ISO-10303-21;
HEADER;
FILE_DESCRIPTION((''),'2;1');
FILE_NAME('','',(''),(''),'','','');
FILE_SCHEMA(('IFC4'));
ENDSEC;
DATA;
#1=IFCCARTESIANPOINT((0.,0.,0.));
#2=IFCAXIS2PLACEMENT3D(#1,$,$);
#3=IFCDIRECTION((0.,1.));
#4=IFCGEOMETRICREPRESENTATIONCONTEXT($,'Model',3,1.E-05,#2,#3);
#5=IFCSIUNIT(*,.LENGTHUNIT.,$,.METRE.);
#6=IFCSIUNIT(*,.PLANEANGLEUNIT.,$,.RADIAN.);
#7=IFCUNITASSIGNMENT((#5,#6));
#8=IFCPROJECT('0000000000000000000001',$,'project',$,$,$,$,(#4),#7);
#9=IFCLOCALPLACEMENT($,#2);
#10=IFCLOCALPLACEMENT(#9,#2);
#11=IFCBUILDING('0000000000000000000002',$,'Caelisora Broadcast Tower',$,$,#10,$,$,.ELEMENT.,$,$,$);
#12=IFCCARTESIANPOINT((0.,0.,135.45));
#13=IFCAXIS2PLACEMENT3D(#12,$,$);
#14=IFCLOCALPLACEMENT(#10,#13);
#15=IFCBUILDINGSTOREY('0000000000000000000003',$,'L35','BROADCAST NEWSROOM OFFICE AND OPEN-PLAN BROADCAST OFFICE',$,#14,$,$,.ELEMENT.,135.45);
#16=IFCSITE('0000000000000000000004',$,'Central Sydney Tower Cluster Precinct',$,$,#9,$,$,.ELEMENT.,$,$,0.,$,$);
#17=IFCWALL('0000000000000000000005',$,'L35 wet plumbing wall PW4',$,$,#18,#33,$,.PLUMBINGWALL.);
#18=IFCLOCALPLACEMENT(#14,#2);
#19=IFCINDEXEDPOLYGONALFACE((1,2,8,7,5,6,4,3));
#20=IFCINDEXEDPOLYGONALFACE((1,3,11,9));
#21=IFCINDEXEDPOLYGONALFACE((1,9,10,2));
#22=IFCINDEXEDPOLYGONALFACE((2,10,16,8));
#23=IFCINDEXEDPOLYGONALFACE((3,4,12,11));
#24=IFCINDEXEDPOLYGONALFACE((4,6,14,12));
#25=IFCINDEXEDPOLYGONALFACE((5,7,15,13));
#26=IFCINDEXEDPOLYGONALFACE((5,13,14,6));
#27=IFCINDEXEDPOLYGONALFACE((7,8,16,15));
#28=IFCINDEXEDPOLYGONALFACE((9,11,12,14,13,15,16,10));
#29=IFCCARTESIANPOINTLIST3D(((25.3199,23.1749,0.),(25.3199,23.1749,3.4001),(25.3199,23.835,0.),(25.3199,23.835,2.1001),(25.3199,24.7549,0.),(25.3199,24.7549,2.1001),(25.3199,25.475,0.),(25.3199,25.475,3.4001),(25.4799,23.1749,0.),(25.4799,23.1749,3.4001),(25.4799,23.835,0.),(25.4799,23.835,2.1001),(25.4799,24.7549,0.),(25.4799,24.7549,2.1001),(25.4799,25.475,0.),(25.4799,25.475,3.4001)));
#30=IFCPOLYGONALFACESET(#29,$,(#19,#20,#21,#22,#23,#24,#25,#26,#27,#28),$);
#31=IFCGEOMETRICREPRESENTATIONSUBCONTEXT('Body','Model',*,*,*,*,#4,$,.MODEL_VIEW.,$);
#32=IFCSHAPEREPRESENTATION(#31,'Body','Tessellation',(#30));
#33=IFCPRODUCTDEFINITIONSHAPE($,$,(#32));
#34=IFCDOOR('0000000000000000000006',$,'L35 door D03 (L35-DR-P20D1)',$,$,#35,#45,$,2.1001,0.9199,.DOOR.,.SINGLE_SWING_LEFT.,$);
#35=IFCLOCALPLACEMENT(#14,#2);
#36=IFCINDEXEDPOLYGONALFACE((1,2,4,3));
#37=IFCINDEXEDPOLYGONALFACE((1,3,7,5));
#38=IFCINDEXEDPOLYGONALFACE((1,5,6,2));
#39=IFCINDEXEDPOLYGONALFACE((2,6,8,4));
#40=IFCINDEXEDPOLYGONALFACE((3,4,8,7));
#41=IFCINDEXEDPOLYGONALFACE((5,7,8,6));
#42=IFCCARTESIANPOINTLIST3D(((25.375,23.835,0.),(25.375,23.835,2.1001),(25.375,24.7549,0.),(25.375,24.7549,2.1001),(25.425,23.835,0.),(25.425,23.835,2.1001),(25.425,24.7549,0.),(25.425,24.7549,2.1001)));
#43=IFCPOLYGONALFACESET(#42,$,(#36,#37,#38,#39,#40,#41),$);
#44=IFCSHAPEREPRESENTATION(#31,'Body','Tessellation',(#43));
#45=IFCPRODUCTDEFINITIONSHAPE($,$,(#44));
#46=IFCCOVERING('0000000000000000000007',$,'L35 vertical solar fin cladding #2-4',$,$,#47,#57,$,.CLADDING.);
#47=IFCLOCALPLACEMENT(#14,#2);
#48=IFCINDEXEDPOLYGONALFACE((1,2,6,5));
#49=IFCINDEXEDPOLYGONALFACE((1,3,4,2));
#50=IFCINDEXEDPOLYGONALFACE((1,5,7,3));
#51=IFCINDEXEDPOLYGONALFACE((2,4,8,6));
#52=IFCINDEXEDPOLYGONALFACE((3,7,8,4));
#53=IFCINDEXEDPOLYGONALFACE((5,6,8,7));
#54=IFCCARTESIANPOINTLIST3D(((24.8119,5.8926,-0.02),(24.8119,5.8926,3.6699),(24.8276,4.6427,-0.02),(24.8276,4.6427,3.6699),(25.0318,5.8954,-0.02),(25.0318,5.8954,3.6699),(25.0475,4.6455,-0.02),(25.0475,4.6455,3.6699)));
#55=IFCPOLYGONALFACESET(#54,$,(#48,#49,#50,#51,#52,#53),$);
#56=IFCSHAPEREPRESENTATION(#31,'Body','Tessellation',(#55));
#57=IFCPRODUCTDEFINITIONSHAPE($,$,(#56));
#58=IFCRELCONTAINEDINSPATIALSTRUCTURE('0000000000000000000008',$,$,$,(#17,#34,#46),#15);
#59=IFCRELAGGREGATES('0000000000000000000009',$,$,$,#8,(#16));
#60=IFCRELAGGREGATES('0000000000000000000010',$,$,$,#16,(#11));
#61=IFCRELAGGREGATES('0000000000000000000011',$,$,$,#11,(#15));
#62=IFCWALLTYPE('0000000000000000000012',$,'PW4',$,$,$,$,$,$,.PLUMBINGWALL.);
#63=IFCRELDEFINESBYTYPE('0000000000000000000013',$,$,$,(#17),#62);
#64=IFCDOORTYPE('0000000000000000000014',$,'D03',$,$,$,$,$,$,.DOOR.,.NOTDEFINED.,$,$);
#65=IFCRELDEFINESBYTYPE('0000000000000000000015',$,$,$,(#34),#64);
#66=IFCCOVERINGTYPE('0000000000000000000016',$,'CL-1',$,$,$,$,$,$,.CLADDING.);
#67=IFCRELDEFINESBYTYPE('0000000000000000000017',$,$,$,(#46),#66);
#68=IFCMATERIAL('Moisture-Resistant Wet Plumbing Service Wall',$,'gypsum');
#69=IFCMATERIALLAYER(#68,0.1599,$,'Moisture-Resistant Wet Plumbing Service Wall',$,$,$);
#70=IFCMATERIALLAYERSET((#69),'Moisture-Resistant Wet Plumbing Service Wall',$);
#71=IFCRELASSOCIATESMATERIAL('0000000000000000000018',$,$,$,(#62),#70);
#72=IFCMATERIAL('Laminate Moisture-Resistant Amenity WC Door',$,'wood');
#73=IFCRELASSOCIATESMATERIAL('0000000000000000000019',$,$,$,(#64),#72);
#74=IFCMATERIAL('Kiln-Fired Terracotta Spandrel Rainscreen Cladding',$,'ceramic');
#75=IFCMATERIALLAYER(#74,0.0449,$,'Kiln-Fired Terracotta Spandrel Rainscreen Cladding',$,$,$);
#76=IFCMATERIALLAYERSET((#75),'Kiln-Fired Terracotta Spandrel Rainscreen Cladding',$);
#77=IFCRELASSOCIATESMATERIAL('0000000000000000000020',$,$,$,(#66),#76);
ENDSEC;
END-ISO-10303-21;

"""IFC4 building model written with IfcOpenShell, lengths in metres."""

from ifc_helpers import new_model, si_unit, direction, frame, frame_2d, origin, origin_2d, place, context, subcontext, project, spatial, rectangle, extrude, source, transform, mapped, material, layer, layer_set, type_object, type_shapes, element, fill, save


model = new_model("IFC4")

# Units and contexts
model_context = context("Model", 3, precision=1e-05, world=origin(), true_north=direction((0.0, 1.0)))
body_context = subcontext(model_context, "Body", "Model", "MODEL_VIEW")
ifc_project = project(units=[si_unit("LENGTHUNIT", "METRE"), si_unit("PLANEANGLEUNIT", "RADIAN")], contexts=[model_context])

# Site, building, storey
site_placement = place(None, origin())
site = spatial("IfcSite", under=ifc_project, at=site_placement, Name="Central Sydney Tower Cluster Precinct", CompositionType="ELEMENT", RefElevation=0.0)
building_placement = place(site_placement, origin())
building = spatial("IfcBuilding", under=site, at=building_placement, Name="Caelisora Broadcast Tower", CompositionType="ELEMENT")
storey_placement = place(building_placement, frame((0.0, 0.0, 135.45)))
storey = spatial("IfcBuildingStorey", under=building, at=storey_placement, Name="L35", Description="BROADCAST NEWSROOM OFFICE AND OPEN-PLAN BROADCAST OFFICE", CompositionType="ELEMENT", Elevation=135.45)

# Shared definitions
ifc_material_1 = material(Name="Moisture-Resistant Wet Plumbing Service Wall", Category="gypsum")
ifc_layer_1 = layer(ifc_material_1, 0.1599, Name="Moisture-Resistant Wet Plumbing Service Wall")
ifc_layer_set_1 = layer_set([ifc_layer_1], Name="Moisture-Resistant Wet Plumbing Service Wall")
wall_type_1 = type_object("IfcWallType", Name="PW4", PredefinedType="PLUMBINGWALL", material=ifc_layer_set_1)

# Wall, opening, door
wall_1_placement = place(storey_placement, frame((25.3999, 23.175, 0.0), z_axis=(0.0, 0.0, 1.0), x_axis=(0.0, 1.0, 0.0)))
wall_1 = element("IfcWall", 1, at=wall_1_placement, inside=storey, type_object=wall_type_1, Name="L35 wet plumbing wall PW4", PredefinedType="PLUMBINGWALL", context=body_context, shape_type="SweptSolid", body=[
    extrude(rectangle(XDim=2.3, YDim=0.1599, at=frame_2d((1.1499, 0.0))), origin(), (0.0, 0.0, 1.0), 3.4001),
])
opening_1_placement = place(wall_1_placement, frame((0.6599, 0.0, 0.0)))
opening_1 = element("IfcOpeningElement", 2, at=opening_1_placement, cuts=wall_1, PredefinedType="OPENING", context=body_context, shape_type="SweptSolid", body=[
    extrude(rectangle(XDim=0.9199, YDim=2.1001, at=frame_2d((0.46, 1.05))), frame((0.0, 0.092, 0.0), z_axis=(0.0, -1.0, 0.0), x_axis=(1.0, 0.0, 0.0)), (0.0, 0.0, 1.0), 0.1838),
])
ifc_material_2 = material(Name="Laminate Moisture-Resistant Amenity WC Door", Category="wood")
door_type_1 = type_object("IfcDoorType", Name="D03", OperationType="NOTDEFINED", PredefinedType="DOOR", material=ifc_material_2)
door_1_placement = place(opening_1_placement, origin())
door_1 = element("IfcDoor", 3, at=door_1_placement, inside=storey, type_object=door_type_1, Name="L35 door D03 (L35-DR-P20D1)", OperationType="SINGLE_SWING_LEFT", OverallHeight=2.1001, OverallWidth=0.9199, PredefinedType="DOOR", context=body_context, shape_type="SweptSolid", body=[
    extrude(rectangle(XDim=0.9199, YDim=2.1001, at=frame_2d((0.46, 1.05))), frame((0.0, 0.0249, 0.0), z_axis=(0.0, -1.0, 0.0), x_axis=(1.0, 0.0, 0.0)), (0.0, 0.0, 1.0), 0.05),
])
fill(opening_1, door_1)

# Covering
ifc_material_3 = material(Name="Kiln-Fired Terracotta Spandrel Rainscreen Cladding", Category="ceramic")
ifc_layer_2 = layer(ifc_material_3, 0.0449, Name="Kiln-Fired Terracotta Spandrel Rainscreen Cladding")
ifc_layer_set_2 = layer_set([ifc_layer_2], Name="Kiln-Fired Terracotta Spandrel Rainscreen Cladding")
covering_type = type_object("IfcCoveringType", Name="CL-1", PredefinedType="CLADDING", material=ifc_layer_set_2)
shared_shape_1 = source(origin(), body_context, "Body", "SweptSolid", [
    extrude(rectangle(XDim=0.22, YDim=1.25, at=origin_2d()), origin(), (0.0, 0.0, 1.0), 3.6899),
])
type_shapes(covering_type, [shared_shape_1])
covering_placement = place(storey_placement, frame((24.9297, 5.269, -0.02), z_axis=(0.0, 0.0, 1.0), x_axis=(-0.999921, -0.012566, 0.0)))
element("IfcCovering", 4, at=covering_placement, inside=storey, type_object=covering_type, Name="L35 vertical solar fin cladding #2-4", PredefinedType="CLADDING", context=body_context, shape_type="MappedRepresentation", body=[
    mapped(shared_shape_1, transform((0.0, 0.0, 0.0), scale=1.0)),
])

save(model, "model.ifc")
